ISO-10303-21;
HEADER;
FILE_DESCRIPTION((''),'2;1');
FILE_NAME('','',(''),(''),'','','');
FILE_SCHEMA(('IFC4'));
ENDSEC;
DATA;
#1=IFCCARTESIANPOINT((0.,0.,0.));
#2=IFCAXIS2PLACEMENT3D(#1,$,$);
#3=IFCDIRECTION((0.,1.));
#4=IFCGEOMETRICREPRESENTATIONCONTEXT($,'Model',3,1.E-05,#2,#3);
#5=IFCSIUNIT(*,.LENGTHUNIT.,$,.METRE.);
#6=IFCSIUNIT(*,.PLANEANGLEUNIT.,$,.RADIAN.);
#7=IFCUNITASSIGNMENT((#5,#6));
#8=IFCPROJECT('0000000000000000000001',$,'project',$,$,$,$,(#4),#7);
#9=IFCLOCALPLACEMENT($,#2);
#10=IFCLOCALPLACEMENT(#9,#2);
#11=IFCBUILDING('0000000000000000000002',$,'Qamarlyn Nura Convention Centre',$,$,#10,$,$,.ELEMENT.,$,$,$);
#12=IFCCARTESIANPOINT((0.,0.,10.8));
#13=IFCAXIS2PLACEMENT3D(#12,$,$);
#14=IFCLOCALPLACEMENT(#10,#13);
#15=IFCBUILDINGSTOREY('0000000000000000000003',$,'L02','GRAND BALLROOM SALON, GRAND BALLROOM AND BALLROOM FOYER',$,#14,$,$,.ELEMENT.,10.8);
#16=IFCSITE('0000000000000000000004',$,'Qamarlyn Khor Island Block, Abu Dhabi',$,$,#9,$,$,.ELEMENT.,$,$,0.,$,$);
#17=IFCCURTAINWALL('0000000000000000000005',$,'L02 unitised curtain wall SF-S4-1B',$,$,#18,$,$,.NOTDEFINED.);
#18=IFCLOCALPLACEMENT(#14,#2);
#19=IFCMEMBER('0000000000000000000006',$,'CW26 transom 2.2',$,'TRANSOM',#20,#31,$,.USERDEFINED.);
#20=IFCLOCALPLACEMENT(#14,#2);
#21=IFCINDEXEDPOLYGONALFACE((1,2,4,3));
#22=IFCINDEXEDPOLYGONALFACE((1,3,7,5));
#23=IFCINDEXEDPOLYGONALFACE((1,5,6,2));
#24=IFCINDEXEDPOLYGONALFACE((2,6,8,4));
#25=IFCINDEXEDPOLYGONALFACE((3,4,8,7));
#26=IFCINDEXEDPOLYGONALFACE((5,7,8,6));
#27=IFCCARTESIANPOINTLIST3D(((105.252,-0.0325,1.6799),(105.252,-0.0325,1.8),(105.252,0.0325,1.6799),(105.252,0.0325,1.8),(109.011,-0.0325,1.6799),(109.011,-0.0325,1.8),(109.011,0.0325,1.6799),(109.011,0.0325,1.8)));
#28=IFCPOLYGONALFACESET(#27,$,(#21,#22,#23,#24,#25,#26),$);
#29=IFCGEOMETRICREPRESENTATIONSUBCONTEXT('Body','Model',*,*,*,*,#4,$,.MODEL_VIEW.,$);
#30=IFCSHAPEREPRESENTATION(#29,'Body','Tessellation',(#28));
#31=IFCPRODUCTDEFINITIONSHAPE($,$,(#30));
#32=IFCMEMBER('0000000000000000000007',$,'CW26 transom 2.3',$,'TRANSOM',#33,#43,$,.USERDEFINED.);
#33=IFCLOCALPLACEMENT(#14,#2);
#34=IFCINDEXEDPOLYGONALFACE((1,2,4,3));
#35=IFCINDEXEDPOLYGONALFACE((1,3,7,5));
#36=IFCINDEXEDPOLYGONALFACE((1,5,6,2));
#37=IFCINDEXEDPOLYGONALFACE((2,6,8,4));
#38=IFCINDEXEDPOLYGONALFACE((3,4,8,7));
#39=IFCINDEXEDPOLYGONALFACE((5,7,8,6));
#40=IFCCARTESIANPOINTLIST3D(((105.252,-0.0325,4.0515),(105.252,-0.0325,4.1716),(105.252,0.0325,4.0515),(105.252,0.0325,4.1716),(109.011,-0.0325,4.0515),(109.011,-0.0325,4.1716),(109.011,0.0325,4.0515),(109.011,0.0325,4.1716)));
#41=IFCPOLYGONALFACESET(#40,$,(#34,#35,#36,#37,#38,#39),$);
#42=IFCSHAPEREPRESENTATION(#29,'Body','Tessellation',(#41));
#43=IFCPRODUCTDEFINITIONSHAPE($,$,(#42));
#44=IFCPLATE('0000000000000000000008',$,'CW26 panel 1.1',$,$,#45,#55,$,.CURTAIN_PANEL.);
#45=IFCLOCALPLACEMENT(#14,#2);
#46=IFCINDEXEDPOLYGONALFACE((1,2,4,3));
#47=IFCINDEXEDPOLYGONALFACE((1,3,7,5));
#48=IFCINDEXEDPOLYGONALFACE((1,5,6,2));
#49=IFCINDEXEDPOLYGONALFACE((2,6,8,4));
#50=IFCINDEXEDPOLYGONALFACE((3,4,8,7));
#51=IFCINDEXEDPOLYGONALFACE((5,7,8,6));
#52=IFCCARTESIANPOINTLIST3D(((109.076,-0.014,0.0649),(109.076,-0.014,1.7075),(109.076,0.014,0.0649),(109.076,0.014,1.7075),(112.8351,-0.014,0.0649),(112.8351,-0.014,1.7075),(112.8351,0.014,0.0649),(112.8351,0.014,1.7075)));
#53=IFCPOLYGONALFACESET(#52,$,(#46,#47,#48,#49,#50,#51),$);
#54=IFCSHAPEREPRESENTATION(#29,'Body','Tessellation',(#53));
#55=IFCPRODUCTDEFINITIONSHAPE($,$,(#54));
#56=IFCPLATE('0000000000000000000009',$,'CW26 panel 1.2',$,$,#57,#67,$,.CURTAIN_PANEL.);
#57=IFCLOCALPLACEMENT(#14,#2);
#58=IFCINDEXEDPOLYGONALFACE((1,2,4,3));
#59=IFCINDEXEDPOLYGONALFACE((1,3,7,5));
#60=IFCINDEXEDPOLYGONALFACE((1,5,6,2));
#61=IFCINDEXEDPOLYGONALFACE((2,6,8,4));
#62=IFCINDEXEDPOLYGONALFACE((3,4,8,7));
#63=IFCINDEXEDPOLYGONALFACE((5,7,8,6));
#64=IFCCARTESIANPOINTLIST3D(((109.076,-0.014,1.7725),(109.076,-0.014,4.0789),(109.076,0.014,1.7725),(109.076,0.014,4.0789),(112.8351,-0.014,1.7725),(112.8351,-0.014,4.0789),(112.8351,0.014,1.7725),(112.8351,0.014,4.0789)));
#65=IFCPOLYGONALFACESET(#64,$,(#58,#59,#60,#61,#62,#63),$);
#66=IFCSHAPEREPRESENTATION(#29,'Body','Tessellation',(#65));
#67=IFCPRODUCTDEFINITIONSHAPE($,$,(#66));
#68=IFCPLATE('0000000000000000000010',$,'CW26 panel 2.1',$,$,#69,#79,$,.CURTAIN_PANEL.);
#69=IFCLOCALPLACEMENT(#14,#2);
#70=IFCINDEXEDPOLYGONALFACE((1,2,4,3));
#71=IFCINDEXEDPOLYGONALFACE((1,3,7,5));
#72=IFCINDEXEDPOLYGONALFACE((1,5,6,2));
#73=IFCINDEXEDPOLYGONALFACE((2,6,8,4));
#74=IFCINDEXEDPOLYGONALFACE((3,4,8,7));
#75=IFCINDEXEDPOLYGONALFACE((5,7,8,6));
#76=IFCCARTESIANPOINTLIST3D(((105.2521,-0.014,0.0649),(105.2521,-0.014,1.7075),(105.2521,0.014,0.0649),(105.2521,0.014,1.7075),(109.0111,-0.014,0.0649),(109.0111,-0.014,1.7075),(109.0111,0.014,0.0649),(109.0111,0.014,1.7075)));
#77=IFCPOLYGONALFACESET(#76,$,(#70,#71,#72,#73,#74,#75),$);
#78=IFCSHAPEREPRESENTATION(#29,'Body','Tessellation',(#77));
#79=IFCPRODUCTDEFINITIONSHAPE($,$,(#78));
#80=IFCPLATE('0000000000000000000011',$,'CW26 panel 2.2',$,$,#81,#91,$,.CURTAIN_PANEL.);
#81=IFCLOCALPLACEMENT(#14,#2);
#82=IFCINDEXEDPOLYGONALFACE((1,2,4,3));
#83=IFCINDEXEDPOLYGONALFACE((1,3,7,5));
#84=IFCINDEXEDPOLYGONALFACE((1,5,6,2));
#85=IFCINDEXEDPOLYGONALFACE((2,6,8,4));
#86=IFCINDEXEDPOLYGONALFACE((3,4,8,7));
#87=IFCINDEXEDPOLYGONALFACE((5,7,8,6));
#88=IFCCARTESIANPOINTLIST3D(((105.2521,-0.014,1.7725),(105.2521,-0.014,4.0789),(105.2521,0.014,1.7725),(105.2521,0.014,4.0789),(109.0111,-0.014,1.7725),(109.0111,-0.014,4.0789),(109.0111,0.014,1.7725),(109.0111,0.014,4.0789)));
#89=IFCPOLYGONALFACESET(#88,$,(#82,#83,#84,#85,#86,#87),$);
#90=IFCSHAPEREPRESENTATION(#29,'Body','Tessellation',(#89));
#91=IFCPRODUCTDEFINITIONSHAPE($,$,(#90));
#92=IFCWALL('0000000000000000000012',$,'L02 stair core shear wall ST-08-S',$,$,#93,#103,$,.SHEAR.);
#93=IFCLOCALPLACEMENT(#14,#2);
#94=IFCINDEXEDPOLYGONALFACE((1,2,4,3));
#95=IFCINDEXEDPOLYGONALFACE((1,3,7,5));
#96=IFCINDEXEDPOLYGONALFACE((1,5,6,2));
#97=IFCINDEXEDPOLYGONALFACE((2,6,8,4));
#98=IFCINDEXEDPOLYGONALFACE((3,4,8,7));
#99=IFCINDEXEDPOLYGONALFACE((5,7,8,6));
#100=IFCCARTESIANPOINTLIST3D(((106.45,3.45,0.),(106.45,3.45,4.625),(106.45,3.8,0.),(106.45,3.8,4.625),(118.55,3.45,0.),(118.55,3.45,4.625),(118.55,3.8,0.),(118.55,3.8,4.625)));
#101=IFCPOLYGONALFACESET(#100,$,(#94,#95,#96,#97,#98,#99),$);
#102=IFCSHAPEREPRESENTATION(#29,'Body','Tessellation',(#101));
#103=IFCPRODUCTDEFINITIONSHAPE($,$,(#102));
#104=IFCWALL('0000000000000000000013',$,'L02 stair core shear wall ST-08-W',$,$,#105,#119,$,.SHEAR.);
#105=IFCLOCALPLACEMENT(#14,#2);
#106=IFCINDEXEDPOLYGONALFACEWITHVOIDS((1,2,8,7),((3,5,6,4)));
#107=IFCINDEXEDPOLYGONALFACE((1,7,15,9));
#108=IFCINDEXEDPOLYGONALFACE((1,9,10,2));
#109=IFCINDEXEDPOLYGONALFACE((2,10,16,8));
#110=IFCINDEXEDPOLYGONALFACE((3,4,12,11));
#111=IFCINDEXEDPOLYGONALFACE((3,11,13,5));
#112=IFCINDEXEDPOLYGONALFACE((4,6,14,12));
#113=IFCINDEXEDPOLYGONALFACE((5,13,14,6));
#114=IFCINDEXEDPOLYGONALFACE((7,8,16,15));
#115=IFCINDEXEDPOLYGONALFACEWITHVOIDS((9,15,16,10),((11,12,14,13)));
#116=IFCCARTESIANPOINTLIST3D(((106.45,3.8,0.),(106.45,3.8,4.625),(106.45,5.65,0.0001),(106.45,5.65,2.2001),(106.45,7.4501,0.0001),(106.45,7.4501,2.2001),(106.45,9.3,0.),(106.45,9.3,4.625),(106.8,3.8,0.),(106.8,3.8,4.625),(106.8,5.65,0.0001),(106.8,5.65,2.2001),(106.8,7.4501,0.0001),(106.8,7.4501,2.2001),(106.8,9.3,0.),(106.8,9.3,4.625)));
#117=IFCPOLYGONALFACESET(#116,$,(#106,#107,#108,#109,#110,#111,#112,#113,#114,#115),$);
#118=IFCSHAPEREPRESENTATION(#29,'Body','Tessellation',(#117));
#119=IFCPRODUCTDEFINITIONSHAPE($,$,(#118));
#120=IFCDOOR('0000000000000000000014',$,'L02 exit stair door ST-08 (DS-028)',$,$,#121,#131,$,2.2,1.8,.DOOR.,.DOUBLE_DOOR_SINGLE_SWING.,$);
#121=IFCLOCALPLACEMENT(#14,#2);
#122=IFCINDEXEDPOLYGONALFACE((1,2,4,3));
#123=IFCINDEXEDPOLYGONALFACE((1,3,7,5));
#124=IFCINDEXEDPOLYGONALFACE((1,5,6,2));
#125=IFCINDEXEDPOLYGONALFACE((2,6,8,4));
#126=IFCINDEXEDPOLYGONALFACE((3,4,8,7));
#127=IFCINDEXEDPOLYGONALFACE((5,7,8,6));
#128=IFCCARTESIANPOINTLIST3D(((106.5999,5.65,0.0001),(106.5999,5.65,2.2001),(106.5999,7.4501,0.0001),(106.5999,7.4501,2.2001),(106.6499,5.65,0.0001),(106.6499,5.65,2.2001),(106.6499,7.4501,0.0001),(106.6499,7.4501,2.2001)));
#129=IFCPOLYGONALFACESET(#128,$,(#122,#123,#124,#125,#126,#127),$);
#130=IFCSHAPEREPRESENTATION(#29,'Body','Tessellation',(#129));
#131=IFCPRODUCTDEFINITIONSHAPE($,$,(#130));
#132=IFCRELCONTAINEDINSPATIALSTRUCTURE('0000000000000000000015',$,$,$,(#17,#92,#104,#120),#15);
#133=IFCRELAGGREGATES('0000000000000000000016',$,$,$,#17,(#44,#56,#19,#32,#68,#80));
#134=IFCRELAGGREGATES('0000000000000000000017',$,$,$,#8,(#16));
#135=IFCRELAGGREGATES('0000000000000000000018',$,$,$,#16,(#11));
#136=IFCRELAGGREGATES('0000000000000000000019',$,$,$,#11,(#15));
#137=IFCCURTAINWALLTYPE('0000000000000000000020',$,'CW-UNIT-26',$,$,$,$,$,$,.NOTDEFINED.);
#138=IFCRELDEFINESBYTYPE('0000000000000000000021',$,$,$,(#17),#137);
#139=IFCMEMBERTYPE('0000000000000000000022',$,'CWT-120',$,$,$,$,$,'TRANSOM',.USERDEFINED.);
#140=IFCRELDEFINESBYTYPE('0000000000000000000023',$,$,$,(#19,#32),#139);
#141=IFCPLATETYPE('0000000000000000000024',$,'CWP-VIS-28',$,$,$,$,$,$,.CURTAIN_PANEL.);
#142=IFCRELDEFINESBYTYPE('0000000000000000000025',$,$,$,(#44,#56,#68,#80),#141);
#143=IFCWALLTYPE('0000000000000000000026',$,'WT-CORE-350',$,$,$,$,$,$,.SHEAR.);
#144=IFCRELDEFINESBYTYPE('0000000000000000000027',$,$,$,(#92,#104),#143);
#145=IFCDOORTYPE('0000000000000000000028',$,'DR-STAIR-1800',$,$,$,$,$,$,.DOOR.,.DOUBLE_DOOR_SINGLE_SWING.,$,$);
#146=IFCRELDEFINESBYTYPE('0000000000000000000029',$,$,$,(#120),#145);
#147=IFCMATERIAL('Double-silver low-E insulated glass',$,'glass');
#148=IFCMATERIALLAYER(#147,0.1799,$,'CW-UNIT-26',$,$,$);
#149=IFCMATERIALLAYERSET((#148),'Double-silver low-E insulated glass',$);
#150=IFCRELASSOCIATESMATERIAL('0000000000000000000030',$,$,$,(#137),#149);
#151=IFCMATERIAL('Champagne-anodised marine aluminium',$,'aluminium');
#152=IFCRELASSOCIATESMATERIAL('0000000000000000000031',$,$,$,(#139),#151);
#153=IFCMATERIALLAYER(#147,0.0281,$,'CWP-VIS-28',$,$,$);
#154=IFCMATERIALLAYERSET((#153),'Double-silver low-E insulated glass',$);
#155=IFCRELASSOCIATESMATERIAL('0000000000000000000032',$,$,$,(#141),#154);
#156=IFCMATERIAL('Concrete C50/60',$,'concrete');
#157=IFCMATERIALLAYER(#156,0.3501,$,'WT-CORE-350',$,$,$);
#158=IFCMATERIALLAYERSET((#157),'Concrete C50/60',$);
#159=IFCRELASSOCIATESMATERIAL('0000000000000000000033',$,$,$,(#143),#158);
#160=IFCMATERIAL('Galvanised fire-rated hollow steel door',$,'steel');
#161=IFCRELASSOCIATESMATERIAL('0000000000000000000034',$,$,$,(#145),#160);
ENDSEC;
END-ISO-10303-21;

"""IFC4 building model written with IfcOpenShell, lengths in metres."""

from ifc_helpers import new_model, si_unit, direction, frame, frame_2d, origin, origin_2d, place, context, subcontext, project, spatial, rectangle, extrude, material, layer, layer_set, material_profile, profile_set, type_object, element, fill, aggregate, save


model = new_model("IFC4")

# Units and contexts
model_context = context("Model", 3, precision=1e-05, world=origin(), true_north=direction((0.0, 1.0)))
body_context = subcontext(model_context, "Body", "Model", "MODEL_VIEW")
ifc_project = project(units=[si_unit("LENGTHUNIT", "METRE"), si_unit("PLANEANGLEUNIT", "RADIAN")], contexts=[model_context])

# Site, building, storey
site_placement = place(None, origin())
site = spatial("IfcSite", under=ifc_project, at=site_placement, Name="Qamarlyn Khor Island Block, Abu Dhabi", CompositionType="ELEMENT", RefElevation=0.0)
building_placement = place(site_placement, origin())
building = spatial("IfcBuilding", under=site, at=building_placement, Name="Qamarlyn Nura Convention Centre", CompositionType="ELEMENT")
storey_placement = place(building_placement, frame((0.0, 0.0, 10.8)))
storey = spatial("IfcBuildingStorey", under=building, at=storey_placement, Name="L02", Description="GRAND BALLROOM SALON, GRAND BALLROOM AND BALLROOM FOYER", CompositionType="ELEMENT", Elevation=10.8)

# Shared definitions
ifc_material_1 = material(Name="Double-silver low-E insulated glass", Category="glass")
ifc_material_2 = material(Name="Champagne-anodised marine aluminium", Category="aluminium")

# Curtain wall
ifc_layer_1 = layer(ifc_material_1, 0.1799, Name="CW-UNIT-26")
ifc_layer_set_1 = layer_set([ifc_layer_1], Name="Double-silver low-E insulated glass")
curtain_wall_type_1 = type_object("IfcCurtainWallType", Name="CW-UNIT-26", PredefinedType="NOTDEFINED", material=ifc_layer_set_1)
curtain_wall_1_placement = place(storey_placement, origin())
curtain_wall_1 = element("IfcCurtainWall", 1, at=curtain_wall_1_placement, inside=storey, type_object=curtain_wall_type_1, Name="L02 unitised curtain wall SF-S4-1B", PredefinedType="NOTDEFINED")

# Members
ifc_material_profile_1 = material_profile(ifc_material_2, rectangle(XDim=0.0649, YDim=0.1201, at=origin_2d()), Name="ALU TRANSOM 65x120")
ifc_profile_set_1 = profile_set([ifc_material_profile_1], Name="Champagne-anodised marine aluminium")
member_type_1 = type_object("IfcMemberType", Name="CWT-120", ElementType="TRANSOM", PredefinedType="USERDEFINED", material=ifc_profile_set_1)
member_1_placement = place(storey_placement, frame((109.011, 0.0, 1.74), z_axis=(-1.0, 0.0, 0.0), x_axis=(0.0, -1.0, 0.0)))
member_1 = element("IfcMember", 2, at=member_1_placement, type_object=member_type_1, Name="CW26 transom 2.2", ObjectType="TRANSOM", PredefinedType="USERDEFINED", context=body_context, shape_type="SweptSolid", body=[
    extrude(rectangle(XDim=0.0649, YDim=0.1201, at=origin_2d()), origin(), (0.0, 0.0, 1.0), 3.759),
])
member_2_placement = place(storey_placement, frame((109.011, 0.0, 4.1116), z_axis=(-1.0, 0.0, 0.0), x_axis=(0.0, -1.0, 0.0)))
member_2 = element("IfcMember", 3, at=member_2_placement, type_object=member_type_1, Name="CW26 transom 2.3", ObjectType="TRANSOM", PredefinedType="USERDEFINED", context=body_context, shape_type="SweptSolid", body=[
    extrude(rectangle(XDim=0.0649, YDim=0.1201, at=origin_2d()), origin(), (0.0, 0.0, 1.0), 3.759),
])

# Plates
ifc_layer_2 = layer(ifc_material_1, 0.0281, Name="CWP-VIS-28")
ifc_layer_set_2 = layer_set([ifc_layer_2], Name="Double-silver low-E insulated glass")
plate_type = type_object("IfcPlateType", Name="CWP-VIS-28", PredefinedType="CURTAIN_PANEL", material=ifc_layer_set_2)
plate_1_placement = place(storey_placement, frame((110.9556, 0.0, 0.0649), z_axis=(0.0, 0.0, 1.0), x_axis=(-1.0, 0.0, 0.0)))
plate_1 = element("IfcPlate", 4, at=plate_1_placement, type_object=plate_type, Name="CW26 panel 1.1", PredefinedType="CURTAIN_PANEL", context=body_context, shape_type="SweptSolid", body=[
    extrude(rectangle(XDim=3.759, YDim=0.0281, at=origin_2d()), origin(), (0.0, 0.0, 1.0), 1.6426),
])
plate_2_placement = place(storey_placement, frame((110.9556, 0.0, 1.7725), z_axis=(0.0, 0.0, 1.0), x_axis=(-1.0, 0.0, 0.0)))
plate_2 = element("IfcPlate", 5, at=plate_2_placement, type_object=plate_type, Name="CW26 panel 1.2", PredefinedType="CURTAIN_PANEL", context=body_context, shape_type="SweptSolid", body=[
    extrude(rectangle(XDim=3.759, YDim=0.0281, at=origin_2d()), origin(), (0.0, 0.0, 1.0), 2.3064),
])
plate_3_placement = place(storey_placement, frame((107.1316, 0.0, 0.0649), z_axis=(0.0, 0.0, 1.0), x_axis=(-1.0, 0.0, 0.0)))
plate_3 = element("IfcPlate", 6, at=plate_3_placement, type_object=plate_type, Name="CW26 panel 2.1", PredefinedType="CURTAIN_PANEL", context=body_context, shape_type="SweptSolid", body=[
    extrude(rectangle(XDim=3.759, YDim=0.0281, at=origin_2d()), origin(), (0.0, 0.0, 1.0), 1.6426),
])
plate_4_placement = place(storey_placement, frame((107.1316, 0.0, 1.7725), z_axis=(0.0, 0.0, 1.0), x_axis=(-1.0, 0.0, 0.0)))
plate_4 = element("IfcPlate", 7, at=plate_4_placement, type_object=plate_type, Name="CW26 panel 2.2", PredefinedType="CURTAIN_PANEL", context=body_context, shape_type="SweptSolid", body=[
    extrude(rectangle(XDim=3.759, YDim=0.0281, at=origin_2d()), origin(), (0.0, 0.0, 1.0), 2.3064),
])
aggregate(curtain_wall_1, [plate_1, plate_2, member_1, member_2, plate_3, plate_4])

# Wall
ifc_material_3 = material(Name="Concrete C50/60", Category="concrete")
ifc_layer_3 = layer(ifc_material_3, 0.3501, Name="WT-CORE-350")
ifc_layer_set_3 = layer_set([ifc_layer_3], Name="Concrete C50/60")
wall_type = type_object("IfcWallType", Name="WT-CORE-350", PredefinedType="SHEAR", material=ifc_layer_set_3)
wall_1_placement = place(storey_placement, frame((106.45, 3.625, 0.0), z_axis=(0.0, 0.0, 1.0), x_axis=(1.0, 0.0, 0.0)))
element("IfcWall", 8, at=wall_1_placement, inside=storey, type_object=wall_type, Name="L02 stair core shear wall ST-08-S", PredefinedType="SHEAR", context=body_context, shape_type="SweptSolid", body=[
    extrude(rectangle(XDim=12.1001, YDim=0.3501, at=frame_2d((6.05, 0.0))), origin(), (0.0, 0.0, 1.0), 4.625),
])

# Wall, opening, door
wall_2_placement = place(storey_placement, frame((106.625, 9.3, 0.0), z_axis=(0.0, 0.0, 1.0), x_axis=(0.0, -1.0, 0.0)))
wall_2 = element("IfcWall", 9, at=wall_2_placement, inside=storey, type_object=wall_type, Name="L02 stair core shear wall ST-08-W", PredefinedType="SHEAR", context=body_context, shape_type="SweptSolid", body=[
    extrude(rectangle(XDim=5.5, YDim=0.3501, at=frame_2d((2.75, 0.0))), origin(), (0.0, 0.0, 1.0), 4.625),
])
opening_placement = place(wall_2_placement, frame((1.8501, 0.0, 0.0)))
opening = element("IfcOpeningElement", 10, at=opening_placement, cuts=wall_2, PredefinedType="OPENING", context=body_context, shape_type="SweptSolid", body=[
    extrude(rectangle(XDim=1.8, YDim=2.2, at=frame_2d((0.8999, 1.1001))), frame((0.0, 0.1851, 0.0), z_axis=(0.0, -1.0, 0.0), x_axis=(1.0, 0.0, 0.0)), (0.0, 0.0, 1.0), 0.3701),
])
ifc_material_4 = material(Name="Galvanised fire-rated hollow steel door", Category="steel")
door_type = type_object("IfcDoorType", Name="DR-STAIR-1800", OperationType="DOUBLE_DOOR_SINGLE_SWING", PredefinedType="DOOR", material=ifc_material_4)
door_placement = place(opening_placement, origin())
door = element("IfcDoor", 11, at=door_placement, inside=storey, type_object=door_type, Name="L02 exit stair door ST-08 (DS-028)", OperationType="DOUBLE_DOOR_SINGLE_SWING", OverallHeight=2.2, OverallWidth=1.8, PredefinedType="DOOR", context=body_context, shape_type="SweptSolid", body=[
    extrude(rectangle(XDim=1.8, YDim=2.2, at=frame_2d((0.8999, 1.1001))), frame((0.0, 0.0249, 0.0), z_axis=(0.0, -1.0, 0.0), x_axis=(1.0, 0.0, 0.0)), (0.0, 0.0, 1.0), 0.05),
])
fill(opening, door)

save(model, "model.ifc")
